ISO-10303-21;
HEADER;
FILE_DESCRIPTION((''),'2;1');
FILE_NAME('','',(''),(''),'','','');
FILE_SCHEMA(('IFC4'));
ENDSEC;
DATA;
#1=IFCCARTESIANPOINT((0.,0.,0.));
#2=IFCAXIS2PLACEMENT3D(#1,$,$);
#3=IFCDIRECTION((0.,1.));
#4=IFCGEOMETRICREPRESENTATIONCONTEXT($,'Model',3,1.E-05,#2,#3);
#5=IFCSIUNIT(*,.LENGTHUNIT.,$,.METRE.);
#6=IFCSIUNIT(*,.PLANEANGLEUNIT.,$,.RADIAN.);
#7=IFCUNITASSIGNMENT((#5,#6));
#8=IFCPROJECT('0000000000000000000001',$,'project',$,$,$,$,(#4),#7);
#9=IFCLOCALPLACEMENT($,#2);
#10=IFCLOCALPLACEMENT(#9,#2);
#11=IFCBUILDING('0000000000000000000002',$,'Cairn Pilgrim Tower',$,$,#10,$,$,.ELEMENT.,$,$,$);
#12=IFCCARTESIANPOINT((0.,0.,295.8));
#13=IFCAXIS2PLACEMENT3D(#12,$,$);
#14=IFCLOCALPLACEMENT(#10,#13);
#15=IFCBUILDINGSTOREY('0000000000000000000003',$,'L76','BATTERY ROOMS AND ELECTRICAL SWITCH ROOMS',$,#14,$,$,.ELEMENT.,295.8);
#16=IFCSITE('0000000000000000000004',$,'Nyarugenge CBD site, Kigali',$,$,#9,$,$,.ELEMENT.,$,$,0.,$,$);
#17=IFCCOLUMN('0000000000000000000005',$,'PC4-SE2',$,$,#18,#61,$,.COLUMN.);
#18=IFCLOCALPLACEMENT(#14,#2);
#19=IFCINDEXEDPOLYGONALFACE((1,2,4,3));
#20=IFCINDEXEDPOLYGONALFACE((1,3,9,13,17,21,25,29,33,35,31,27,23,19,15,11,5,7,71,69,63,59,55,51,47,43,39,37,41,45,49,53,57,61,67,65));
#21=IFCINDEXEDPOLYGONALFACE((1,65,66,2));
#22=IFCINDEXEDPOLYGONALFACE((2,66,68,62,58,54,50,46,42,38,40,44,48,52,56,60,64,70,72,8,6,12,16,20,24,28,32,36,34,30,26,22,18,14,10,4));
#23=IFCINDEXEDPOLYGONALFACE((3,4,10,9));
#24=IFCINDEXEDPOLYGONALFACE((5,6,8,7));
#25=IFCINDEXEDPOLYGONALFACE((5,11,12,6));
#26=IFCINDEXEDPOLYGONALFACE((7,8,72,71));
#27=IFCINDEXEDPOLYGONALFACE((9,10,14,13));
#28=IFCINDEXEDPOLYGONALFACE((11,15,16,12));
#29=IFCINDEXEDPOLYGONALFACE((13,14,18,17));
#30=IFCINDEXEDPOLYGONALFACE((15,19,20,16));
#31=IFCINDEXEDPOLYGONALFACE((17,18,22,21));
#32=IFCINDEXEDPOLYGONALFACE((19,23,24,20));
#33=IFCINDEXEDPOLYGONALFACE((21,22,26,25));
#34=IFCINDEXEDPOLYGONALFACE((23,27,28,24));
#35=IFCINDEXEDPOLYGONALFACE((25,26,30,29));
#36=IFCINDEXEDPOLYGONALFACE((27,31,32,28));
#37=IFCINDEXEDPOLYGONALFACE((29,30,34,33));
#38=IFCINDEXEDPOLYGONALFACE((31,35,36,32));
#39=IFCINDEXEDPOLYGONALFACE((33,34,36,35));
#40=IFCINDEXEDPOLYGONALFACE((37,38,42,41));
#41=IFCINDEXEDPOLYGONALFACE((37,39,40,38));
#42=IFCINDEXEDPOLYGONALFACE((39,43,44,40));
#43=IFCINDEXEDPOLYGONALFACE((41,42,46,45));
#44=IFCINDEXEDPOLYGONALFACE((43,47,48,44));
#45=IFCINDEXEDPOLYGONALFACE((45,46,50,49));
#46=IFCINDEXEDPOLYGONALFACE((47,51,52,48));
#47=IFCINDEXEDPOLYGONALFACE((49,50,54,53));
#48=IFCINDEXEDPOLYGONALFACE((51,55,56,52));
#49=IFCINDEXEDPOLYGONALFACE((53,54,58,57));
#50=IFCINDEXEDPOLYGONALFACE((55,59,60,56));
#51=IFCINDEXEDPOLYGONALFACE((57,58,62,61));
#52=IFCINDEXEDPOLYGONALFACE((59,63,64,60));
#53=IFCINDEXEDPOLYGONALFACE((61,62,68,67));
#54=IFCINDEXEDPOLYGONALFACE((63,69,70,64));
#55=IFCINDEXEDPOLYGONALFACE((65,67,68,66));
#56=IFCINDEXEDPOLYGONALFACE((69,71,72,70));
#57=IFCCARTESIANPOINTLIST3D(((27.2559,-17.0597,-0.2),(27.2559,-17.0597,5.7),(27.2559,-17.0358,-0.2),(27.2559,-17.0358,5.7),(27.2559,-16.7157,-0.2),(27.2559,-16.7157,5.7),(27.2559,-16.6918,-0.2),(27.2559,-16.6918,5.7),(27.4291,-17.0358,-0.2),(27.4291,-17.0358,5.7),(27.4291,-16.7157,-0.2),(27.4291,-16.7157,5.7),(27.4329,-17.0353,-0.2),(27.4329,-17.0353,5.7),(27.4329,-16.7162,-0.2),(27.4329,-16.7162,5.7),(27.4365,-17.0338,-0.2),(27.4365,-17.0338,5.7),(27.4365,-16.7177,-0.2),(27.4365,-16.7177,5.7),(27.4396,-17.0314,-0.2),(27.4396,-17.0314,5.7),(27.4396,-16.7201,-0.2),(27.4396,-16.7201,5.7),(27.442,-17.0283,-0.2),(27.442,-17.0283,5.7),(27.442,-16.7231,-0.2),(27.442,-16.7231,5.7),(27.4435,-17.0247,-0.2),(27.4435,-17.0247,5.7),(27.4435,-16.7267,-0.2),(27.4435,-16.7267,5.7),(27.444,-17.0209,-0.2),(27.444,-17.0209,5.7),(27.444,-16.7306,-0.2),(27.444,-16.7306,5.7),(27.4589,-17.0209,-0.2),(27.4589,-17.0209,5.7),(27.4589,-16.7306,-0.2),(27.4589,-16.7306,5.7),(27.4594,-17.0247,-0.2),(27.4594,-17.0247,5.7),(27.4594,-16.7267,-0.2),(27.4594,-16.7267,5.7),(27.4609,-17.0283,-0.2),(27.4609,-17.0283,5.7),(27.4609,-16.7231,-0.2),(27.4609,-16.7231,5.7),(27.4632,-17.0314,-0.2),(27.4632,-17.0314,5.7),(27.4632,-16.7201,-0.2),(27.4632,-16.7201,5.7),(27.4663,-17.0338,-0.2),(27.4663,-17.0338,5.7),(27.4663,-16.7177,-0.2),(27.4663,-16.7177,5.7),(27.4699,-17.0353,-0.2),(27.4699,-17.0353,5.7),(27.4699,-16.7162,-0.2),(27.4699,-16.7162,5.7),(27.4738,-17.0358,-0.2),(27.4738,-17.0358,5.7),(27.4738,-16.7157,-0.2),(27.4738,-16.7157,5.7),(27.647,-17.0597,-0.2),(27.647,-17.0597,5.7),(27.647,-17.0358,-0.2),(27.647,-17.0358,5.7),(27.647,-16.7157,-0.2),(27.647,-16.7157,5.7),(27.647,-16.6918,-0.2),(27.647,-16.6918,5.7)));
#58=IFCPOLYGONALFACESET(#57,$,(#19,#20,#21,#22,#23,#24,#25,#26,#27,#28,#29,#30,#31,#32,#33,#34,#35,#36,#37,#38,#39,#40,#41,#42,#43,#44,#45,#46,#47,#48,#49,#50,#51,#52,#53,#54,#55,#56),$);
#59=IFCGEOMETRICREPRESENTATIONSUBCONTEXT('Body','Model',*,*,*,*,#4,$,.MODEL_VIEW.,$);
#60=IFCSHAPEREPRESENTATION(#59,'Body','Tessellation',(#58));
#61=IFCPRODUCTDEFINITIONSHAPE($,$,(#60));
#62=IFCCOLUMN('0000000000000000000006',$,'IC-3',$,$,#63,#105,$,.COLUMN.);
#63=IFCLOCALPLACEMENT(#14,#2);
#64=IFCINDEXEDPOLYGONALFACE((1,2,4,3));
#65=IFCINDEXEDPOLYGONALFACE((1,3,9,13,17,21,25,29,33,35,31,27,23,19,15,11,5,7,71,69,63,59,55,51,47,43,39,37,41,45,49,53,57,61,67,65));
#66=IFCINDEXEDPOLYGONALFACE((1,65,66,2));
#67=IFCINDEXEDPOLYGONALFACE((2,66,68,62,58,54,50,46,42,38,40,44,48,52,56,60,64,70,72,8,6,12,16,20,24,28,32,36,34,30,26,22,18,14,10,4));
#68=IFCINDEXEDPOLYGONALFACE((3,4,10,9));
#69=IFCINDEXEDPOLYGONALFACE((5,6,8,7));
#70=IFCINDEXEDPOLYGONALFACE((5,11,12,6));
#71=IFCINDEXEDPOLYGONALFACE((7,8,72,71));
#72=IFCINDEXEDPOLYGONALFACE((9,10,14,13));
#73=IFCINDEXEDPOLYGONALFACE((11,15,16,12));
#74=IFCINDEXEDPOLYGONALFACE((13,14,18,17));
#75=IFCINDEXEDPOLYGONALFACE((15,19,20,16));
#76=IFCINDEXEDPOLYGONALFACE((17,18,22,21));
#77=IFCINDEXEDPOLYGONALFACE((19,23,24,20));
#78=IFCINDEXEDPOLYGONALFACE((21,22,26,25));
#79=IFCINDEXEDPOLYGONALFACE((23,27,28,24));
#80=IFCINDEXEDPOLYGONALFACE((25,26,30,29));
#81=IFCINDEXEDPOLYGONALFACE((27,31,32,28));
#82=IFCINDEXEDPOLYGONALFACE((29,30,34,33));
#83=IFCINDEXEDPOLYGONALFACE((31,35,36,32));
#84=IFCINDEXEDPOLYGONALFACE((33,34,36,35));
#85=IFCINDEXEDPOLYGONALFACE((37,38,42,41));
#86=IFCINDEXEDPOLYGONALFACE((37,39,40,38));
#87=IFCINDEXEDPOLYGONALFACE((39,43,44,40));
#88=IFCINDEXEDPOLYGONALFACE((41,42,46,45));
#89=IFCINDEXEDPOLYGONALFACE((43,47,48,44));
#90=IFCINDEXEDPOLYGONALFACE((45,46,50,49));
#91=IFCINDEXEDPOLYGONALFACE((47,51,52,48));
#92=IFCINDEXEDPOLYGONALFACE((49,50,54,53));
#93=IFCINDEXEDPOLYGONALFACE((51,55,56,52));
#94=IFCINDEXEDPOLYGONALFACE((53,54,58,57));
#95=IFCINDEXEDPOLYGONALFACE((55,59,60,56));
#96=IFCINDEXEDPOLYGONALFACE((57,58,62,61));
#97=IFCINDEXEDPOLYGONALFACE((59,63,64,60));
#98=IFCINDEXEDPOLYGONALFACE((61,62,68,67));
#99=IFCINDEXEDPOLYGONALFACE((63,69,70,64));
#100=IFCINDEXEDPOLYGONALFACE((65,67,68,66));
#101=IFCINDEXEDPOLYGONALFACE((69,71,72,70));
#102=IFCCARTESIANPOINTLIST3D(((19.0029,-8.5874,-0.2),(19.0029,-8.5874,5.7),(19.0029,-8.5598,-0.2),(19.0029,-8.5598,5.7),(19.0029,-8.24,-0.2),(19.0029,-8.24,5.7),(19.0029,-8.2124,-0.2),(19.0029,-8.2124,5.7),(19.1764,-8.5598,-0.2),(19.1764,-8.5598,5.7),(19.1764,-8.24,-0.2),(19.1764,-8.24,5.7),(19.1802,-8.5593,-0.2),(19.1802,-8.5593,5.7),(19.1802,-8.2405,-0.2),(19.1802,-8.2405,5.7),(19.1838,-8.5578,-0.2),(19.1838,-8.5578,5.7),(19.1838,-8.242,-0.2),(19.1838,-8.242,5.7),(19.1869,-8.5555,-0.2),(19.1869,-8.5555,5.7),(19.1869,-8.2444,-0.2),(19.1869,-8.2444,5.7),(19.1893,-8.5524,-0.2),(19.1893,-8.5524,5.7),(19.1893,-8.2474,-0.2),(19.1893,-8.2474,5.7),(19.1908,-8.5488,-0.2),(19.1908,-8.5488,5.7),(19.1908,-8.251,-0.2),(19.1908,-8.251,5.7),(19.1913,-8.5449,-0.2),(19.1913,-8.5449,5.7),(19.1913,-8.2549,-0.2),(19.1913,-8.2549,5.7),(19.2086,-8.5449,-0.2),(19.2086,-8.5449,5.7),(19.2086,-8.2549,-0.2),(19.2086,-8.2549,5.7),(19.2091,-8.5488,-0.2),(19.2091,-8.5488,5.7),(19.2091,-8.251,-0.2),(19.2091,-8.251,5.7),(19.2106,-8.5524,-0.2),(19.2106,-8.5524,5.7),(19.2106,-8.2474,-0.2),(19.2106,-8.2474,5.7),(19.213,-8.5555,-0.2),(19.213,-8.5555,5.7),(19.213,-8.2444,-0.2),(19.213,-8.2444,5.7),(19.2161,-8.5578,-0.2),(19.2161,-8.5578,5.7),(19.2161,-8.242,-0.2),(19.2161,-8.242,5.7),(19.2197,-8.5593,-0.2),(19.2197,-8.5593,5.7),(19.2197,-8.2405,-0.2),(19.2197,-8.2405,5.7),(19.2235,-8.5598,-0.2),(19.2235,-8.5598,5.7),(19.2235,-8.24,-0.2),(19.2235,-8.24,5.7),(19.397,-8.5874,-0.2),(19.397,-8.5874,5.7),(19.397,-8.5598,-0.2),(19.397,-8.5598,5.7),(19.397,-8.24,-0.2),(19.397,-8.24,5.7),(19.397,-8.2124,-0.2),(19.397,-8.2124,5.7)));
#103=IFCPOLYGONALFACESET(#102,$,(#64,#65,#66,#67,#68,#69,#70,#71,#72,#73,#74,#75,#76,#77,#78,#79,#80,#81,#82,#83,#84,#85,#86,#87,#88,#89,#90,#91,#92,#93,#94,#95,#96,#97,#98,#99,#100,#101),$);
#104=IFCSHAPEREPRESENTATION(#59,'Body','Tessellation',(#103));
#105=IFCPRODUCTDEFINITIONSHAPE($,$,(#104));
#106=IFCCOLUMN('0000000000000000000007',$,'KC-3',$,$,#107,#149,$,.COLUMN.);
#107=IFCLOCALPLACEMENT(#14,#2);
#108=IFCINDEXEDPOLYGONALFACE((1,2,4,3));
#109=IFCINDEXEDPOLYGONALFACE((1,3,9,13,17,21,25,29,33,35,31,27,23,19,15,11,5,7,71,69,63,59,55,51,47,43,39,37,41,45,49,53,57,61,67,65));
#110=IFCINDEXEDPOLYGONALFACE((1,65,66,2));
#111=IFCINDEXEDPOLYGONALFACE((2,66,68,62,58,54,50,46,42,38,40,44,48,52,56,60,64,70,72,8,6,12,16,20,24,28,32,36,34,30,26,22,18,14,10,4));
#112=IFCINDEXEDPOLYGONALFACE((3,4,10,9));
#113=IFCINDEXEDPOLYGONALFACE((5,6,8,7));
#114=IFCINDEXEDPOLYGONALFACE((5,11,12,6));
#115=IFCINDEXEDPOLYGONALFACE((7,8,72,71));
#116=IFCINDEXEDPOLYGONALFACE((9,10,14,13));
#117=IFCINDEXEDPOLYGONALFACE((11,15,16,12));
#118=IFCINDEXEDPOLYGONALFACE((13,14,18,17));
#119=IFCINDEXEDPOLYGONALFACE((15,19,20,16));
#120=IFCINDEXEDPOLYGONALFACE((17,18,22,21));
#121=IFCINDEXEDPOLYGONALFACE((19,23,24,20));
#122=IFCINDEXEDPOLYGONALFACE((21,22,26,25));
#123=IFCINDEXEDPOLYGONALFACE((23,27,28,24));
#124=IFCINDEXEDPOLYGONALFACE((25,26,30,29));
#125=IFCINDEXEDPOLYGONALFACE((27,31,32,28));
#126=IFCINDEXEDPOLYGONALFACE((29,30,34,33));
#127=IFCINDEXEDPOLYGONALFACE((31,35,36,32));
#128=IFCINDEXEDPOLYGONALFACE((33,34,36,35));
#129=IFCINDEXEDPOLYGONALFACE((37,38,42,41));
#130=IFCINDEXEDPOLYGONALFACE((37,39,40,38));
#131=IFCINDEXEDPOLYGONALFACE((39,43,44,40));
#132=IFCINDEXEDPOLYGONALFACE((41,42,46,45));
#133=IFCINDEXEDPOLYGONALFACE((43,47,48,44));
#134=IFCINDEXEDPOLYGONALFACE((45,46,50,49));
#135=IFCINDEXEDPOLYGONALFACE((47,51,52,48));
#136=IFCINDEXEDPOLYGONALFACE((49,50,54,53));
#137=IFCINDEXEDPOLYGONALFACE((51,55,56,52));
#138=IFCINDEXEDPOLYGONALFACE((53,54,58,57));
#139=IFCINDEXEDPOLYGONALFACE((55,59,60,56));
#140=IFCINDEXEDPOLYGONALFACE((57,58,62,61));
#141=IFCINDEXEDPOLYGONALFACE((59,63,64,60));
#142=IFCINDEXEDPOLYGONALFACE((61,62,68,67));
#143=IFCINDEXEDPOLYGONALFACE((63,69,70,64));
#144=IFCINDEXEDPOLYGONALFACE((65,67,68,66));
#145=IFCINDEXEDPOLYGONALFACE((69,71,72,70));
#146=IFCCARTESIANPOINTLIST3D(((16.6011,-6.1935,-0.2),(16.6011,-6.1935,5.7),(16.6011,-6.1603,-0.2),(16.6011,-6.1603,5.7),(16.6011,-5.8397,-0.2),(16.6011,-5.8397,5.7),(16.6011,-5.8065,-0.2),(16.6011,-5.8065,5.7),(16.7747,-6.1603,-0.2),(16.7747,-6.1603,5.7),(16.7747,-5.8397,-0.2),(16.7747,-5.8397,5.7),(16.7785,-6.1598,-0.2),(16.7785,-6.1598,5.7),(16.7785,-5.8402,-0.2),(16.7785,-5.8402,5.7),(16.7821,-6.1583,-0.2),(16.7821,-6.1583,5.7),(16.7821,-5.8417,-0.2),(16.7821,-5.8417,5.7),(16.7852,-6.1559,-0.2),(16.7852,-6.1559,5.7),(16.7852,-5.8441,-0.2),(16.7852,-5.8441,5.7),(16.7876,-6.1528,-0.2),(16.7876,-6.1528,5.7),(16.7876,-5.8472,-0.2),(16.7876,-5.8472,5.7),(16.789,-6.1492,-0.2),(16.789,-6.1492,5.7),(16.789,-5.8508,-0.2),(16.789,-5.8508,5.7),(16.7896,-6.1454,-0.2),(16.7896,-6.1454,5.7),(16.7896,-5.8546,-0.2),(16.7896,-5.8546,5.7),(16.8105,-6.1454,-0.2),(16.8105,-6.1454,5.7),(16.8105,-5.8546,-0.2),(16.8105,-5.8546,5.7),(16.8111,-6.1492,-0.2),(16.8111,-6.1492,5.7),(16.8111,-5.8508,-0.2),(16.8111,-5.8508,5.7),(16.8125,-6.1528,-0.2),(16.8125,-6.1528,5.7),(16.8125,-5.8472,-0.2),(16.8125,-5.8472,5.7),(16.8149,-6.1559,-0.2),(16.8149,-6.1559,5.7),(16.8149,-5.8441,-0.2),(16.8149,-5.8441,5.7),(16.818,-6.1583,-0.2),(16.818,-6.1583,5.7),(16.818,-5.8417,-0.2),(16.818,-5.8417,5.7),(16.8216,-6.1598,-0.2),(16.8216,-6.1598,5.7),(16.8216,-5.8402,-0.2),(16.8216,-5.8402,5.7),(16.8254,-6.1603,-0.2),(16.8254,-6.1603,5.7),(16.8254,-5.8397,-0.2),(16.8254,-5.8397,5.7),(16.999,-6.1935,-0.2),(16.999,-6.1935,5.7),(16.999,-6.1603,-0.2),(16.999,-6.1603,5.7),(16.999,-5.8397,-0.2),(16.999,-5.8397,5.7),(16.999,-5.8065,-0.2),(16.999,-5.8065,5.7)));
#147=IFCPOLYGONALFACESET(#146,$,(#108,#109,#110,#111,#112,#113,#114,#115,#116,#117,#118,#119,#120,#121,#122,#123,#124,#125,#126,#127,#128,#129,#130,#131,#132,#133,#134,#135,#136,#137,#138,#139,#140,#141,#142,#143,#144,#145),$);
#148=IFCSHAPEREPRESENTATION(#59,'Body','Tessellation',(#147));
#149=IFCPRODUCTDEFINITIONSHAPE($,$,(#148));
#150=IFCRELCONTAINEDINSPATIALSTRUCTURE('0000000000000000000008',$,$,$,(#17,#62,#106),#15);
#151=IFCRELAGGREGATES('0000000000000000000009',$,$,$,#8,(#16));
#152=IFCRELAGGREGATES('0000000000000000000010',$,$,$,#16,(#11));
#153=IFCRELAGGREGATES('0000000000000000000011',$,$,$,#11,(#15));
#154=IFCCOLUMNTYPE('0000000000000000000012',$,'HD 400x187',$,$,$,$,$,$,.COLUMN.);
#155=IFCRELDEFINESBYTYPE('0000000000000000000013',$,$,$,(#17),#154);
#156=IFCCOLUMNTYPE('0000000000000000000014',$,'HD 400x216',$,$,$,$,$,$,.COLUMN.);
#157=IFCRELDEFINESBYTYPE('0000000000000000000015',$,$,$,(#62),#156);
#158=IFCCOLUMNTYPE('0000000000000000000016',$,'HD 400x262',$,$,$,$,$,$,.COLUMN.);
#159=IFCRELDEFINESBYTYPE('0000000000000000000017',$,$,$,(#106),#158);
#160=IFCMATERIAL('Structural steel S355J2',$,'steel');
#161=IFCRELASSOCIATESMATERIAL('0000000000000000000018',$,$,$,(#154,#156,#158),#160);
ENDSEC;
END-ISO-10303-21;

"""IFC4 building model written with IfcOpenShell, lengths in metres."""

from ifc_helpers import new_model, si_unit, direction, frame, origin, origin_2d, place, context, subcontext, project, spatial, i_section, extrude, material, material_profile, profile_set, type_object, element, save


model = new_model("IFC4")

# Units and contexts
model_context = context("Model", 3, precision=1e-05, world=origin(), true_north=direction((0.0, 1.0)))
body_context = subcontext(model_context, "Body", "Model", "MODEL_VIEW")
ifc_project = project(units=[si_unit("LENGTHUNIT", "METRE"), si_unit("PLANEANGLEUNIT", "RADIAN")], contexts=[model_context])

# Site, building, storey
site_placement = place(None, origin())
site = spatial("IfcSite", under=ifc_project, at=site_placement, Name="Nyarugenge CBD site, Kigali", CompositionType="ELEMENT", RefElevation=0.0)
building_placement = place(site_placement, origin())
building = spatial("IfcBuilding", under=site, at=building_placement, Name="Cairn Pilgrim Tower", CompositionType="ELEMENT")
storey_placement = place(building_placement, frame((0.0, 0.0, 295.8)))
storey = spatial("IfcBuildingStorey", under=building, at=storey_placement, Name="L76", Description="BATTERY ROOMS AND ELECTRICAL SWITCH ROOMS", CompositionType="ELEMENT", Elevation=295.8)

# Columns
ifc_material_1 = material(Name="Structural steel S355J2", Category="steel")
ifc_material_profile_1 = material_profile(ifc_material_1, i_section(OverallWidth=0.3911, OverallDepth=0.3679, WebThickness=0.0149, FlangeThickness=0.0239, FilletRadius=0.0149, at=origin_2d()), Name="HD 400x187")
ifc_profile_set_1 = profile_set([ifc_material_profile_1], Name="Structural steel S355J2")
column_type_1 = type_object("IfcColumnType", Name="HD 400x187", PredefinedType="COLUMN", material=ifc_profile_set_1)
column_1_placement = place(storey_placement, frame((27.4514, -16.8757, -0.2), z_axis=(0.0, 0.0, 1.0), x_axis=(1.0, 0.0, 0.0)))
element("IfcColumn", 1, at=column_1_placement, inside=storey, type_object=column_type_1, Name="PC4-SE2", PredefinedType="COLUMN", context=body_context, shape_type="SweptSolid", body=[
    extrude(i_section(OverallWidth=0.3911, OverallDepth=0.3679, WebThickness=0.0149, FlangeThickness=0.0239, FilletRadius=0.0149, at=origin_2d()), origin(), (0.0, 0.0, 1.0), 5.8999),
])
ifc_material_profile_2 = material_profile(ifc_material_1, i_section(OverallWidth=0.394, OverallDepth=0.375, WebThickness=0.0173, FlangeThickness=0.0276, FilletRadius=0.0149, at=origin_2d()), Name="HD 400x216")
ifc_profile_set_2 = profile_set([ifc_material_profile_2], Name="Structural steel S355J2")
column_type_2 = type_object("IfcColumnType", Name="HD 400x216", PredefinedType="COLUMN", material=ifc_profile_set_2)
column_2_placement = place(storey_placement, frame((19.2, -8.3999, -0.2), z_axis=(0.0, 0.0, 1.0), x_axis=(1.0, 0.0, 0.0)))
element("IfcColumn", 2, at=column_2_placement, inside=storey, type_object=column_type_2, Name="IC-3", PredefinedType="COLUMN", context=body_context, shape_type="SweptSolid", body=[
    extrude(i_section(OverallWidth=0.394, OverallDepth=0.375, WebThickness=0.0173, FlangeThickness=0.0276, FilletRadius=0.0149, at=origin_2d()), origin(), (0.0, 0.0, 1.0), 5.8999),
])
ifc_material_profile_3 = material_profile(ifc_material_1, i_section(OverallWidth=0.3979, OverallDepth=0.387, WebThickness=0.021, FlangeThickness=0.0332, FilletRadius=0.0149, at=origin_2d()), Name="HD 400x262")
ifc_profile_set_3 = profile_set([ifc_material_profile_3], Name="Structural steel S355J2")
column_type_3 = type_object("IfcColumnType", Name="HD 400x262", PredefinedType="COLUMN", material=ifc_profile_set_3)
column_3_placement = place(storey_placement, frame((16.8, -6.0, -0.2), z_axis=(0.0, 0.0, 1.0), x_axis=(1.0, 0.0, 0.0)))
element("IfcColumn", 3, at=column_3_placement, inside=storey, type_object=column_type_3, Name="KC-3", PredefinedType="COLUMN", context=body_context, shape_type="SweptSolid", body=[
    extrude(i_section(OverallWidth=0.3979, OverallDepth=0.387, WebThickness=0.021, FlangeThickness=0.0332, FilletRadius=0.0149, at=origin_2d()), origin(), (0.0, 0.0, 1.0), 5.8999),
])

save(model, "model.ifc")
